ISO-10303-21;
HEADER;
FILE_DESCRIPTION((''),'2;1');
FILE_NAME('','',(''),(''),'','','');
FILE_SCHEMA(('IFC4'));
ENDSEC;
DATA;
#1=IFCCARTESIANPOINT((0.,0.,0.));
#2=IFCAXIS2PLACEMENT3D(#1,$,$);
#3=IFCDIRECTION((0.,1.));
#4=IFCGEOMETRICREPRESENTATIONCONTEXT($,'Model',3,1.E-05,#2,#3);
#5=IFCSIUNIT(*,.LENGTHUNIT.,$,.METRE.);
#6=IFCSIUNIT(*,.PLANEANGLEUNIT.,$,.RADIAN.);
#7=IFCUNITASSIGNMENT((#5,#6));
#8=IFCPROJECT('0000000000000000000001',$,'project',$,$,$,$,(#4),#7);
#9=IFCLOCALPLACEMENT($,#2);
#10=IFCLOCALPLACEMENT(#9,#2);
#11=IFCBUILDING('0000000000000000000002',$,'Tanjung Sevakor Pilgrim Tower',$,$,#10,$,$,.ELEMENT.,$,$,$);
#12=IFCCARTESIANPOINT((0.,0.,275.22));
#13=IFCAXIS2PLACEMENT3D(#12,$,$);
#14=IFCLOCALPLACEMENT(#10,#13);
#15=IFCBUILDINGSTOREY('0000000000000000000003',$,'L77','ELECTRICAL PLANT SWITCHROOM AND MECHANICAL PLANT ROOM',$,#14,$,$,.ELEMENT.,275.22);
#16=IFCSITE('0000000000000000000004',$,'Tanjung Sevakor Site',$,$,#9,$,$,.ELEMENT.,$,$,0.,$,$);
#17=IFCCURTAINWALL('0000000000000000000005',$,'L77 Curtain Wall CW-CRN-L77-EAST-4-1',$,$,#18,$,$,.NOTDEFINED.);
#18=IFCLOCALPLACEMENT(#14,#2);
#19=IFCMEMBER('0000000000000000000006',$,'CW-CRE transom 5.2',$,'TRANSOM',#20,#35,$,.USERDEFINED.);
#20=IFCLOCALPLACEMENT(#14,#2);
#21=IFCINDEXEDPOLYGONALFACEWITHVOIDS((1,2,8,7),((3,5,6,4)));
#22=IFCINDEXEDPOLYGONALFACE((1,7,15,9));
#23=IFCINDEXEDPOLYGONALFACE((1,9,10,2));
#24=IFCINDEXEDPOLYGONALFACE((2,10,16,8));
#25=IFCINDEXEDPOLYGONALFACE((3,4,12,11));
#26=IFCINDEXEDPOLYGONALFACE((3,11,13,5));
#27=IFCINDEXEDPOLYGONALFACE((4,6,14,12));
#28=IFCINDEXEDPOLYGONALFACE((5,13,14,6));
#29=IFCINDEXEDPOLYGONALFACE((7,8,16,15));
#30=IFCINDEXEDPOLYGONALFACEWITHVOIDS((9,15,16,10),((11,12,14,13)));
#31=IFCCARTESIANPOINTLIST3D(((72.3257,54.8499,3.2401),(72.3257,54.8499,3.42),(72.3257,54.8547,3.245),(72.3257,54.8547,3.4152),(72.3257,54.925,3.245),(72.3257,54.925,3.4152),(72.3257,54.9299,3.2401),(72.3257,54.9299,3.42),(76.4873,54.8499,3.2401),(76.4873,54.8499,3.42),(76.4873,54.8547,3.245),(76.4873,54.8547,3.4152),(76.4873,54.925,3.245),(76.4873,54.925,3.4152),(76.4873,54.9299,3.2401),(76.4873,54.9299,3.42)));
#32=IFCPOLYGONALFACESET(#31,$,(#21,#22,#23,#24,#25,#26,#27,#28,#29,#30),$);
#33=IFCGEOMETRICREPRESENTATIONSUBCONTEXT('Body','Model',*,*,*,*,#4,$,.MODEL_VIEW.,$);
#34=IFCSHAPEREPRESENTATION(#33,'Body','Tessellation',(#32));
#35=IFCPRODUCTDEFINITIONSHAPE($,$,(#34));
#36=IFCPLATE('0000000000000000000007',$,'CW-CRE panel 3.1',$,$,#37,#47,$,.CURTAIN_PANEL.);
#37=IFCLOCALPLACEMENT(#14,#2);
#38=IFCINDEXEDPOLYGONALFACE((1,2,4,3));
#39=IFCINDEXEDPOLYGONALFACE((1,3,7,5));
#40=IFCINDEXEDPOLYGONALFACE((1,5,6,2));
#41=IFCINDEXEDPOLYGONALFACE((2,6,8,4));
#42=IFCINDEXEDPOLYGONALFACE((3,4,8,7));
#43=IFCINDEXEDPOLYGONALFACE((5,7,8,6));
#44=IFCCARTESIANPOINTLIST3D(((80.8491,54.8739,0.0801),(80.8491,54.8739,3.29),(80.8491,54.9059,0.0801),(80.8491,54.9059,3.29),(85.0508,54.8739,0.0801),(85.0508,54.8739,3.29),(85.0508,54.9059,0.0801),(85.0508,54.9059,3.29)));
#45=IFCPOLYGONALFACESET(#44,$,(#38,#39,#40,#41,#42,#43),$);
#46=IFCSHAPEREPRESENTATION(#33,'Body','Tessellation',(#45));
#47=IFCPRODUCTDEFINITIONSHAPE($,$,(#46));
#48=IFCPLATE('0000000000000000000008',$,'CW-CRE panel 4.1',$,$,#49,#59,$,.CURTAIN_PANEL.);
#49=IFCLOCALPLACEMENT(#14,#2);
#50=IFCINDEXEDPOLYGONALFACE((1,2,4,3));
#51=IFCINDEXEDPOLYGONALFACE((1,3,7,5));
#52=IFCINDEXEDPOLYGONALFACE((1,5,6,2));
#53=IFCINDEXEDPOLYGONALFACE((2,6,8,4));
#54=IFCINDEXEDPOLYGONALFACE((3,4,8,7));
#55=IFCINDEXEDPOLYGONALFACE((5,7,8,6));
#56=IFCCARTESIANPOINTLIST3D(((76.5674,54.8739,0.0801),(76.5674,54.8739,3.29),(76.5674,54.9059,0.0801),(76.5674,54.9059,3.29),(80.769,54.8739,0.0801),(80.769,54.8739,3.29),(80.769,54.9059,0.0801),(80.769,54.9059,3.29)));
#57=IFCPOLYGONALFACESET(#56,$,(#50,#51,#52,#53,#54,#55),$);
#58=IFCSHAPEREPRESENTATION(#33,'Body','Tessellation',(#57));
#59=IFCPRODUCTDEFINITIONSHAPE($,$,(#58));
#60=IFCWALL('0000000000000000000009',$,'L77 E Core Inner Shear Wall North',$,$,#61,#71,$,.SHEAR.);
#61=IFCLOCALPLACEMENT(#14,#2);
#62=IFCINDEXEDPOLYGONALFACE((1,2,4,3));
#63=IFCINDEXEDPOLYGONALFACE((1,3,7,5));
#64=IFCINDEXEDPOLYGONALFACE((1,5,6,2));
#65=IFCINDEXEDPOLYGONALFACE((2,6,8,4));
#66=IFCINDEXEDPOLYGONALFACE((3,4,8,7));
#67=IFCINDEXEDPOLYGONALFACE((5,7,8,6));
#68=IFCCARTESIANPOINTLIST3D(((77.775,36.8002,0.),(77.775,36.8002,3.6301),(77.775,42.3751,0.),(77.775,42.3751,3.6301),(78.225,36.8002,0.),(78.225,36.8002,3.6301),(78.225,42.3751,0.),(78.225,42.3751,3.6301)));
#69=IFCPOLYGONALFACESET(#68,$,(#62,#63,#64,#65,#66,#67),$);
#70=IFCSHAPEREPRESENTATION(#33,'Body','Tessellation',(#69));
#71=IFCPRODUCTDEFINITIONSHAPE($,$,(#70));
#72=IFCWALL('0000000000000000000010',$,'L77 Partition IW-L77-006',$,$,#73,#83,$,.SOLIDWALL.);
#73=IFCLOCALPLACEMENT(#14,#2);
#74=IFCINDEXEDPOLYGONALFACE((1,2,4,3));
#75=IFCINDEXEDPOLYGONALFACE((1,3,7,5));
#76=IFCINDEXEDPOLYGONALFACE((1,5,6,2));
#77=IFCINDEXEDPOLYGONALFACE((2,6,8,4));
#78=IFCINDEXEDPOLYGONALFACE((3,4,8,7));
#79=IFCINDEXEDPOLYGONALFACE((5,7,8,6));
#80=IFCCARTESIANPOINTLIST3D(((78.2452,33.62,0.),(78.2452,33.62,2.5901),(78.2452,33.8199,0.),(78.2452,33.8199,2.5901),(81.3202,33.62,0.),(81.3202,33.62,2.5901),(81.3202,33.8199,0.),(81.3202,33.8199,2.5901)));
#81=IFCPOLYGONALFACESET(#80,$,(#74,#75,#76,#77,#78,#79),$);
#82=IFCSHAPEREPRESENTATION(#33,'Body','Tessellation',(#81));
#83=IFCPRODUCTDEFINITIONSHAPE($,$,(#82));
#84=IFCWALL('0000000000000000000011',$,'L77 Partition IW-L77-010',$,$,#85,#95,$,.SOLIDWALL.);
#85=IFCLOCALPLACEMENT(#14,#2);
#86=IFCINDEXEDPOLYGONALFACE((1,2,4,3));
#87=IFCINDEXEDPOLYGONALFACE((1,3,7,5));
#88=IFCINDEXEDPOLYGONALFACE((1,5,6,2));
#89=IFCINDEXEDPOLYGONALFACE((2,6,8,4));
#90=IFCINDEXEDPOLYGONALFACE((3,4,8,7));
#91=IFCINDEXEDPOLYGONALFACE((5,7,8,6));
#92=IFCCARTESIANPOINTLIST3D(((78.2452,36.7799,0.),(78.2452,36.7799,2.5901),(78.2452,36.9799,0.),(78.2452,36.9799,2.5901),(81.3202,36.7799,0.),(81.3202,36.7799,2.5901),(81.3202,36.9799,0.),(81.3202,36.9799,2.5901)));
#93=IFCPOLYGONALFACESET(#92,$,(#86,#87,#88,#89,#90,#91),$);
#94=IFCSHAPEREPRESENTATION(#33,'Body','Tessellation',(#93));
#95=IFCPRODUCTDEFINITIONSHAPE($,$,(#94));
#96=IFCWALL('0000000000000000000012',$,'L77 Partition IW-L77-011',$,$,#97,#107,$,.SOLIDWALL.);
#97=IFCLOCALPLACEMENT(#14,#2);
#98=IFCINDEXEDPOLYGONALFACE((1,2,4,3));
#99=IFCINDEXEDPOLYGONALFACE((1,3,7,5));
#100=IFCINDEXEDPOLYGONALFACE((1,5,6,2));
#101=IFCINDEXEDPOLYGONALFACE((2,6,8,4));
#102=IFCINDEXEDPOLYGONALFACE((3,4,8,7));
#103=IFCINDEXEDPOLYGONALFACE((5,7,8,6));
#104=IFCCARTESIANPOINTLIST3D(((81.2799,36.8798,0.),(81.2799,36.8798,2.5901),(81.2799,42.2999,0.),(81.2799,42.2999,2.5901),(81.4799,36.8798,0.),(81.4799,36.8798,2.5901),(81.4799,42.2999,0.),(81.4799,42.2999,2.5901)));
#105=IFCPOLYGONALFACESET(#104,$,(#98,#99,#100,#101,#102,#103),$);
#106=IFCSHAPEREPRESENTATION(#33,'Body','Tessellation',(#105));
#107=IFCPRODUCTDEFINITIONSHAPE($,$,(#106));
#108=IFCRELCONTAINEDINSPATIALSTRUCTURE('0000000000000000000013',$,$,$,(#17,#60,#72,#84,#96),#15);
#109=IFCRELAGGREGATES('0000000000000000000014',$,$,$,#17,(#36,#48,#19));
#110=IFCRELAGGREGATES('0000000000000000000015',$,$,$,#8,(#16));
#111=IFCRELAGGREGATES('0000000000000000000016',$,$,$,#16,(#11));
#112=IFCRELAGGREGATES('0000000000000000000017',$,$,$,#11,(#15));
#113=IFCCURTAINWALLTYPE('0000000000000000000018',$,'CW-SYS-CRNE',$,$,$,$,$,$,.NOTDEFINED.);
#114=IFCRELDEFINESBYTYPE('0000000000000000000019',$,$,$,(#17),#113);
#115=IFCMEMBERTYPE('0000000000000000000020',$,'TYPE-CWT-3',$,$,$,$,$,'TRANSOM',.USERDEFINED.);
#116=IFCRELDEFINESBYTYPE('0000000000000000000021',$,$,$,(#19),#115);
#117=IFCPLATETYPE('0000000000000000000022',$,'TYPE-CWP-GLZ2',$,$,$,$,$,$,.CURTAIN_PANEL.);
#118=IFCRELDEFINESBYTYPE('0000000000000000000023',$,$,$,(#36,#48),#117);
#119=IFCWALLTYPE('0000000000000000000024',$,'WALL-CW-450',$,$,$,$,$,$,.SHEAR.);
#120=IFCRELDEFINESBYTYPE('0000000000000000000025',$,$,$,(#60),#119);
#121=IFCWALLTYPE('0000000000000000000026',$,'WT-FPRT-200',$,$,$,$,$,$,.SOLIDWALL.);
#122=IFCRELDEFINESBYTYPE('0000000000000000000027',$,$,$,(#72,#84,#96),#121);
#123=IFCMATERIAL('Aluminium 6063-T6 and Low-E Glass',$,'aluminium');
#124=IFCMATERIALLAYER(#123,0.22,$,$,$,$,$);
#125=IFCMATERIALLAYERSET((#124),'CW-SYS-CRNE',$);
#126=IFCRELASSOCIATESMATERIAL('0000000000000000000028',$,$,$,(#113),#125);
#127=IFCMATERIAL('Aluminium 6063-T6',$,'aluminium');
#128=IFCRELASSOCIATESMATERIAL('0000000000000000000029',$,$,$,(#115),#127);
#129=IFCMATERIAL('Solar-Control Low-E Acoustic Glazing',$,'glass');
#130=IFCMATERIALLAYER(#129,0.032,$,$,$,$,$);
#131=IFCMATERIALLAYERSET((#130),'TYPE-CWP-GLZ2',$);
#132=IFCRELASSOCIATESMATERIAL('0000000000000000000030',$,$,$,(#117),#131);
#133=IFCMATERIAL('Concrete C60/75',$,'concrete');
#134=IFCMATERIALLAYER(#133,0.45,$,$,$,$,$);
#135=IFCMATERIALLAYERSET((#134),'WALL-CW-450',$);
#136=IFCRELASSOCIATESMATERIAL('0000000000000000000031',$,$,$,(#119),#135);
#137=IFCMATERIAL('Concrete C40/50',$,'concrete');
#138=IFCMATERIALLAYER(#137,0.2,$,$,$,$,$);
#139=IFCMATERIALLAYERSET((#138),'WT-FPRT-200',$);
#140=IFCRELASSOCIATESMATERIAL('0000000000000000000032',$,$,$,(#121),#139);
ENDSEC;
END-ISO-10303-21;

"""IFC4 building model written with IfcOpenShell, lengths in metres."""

from ifc_helpers import new_model, si_unit, direction, frame, frame_2d, origin, origin_2d, place, context, subcontext, project, spatial, rectangle, hollow_rectangle, extrude, material, layer, layer_set, material_profile, profile_set, type_object, element, aggregate, save


model = new_model("IFC4")

# Units and contexts
model_context = context("Model", 3, precision=1e-05, world=origin(), true_north=direction((0.0, 1.0)))
body_context = subcontext(model_context, "Body", "Model", "MODEL_VIEW")
ifc_project = project(units=[si_unit("LENGTHUNIT", "METRE"), si_unit("PLANEANGLEUNIT", "RADIAN")], contexts=[model_context])

# Site, building, storey
site_placement = place(None, origin())
site = spatial("IfcSite", under=ifc_project, at=site_placement, Name="Tanjung Sevakor Site", CompositionType="ELEMENT", RefElevation=0.0)
building_placement = place(site_placement, origin())
building = spatial("IfcBuilding", under=site, at=building_placement, Name="Tanjung Sevakor Pilgrim Tower", CompositionType="ELEMENT")
storey_placement = place(building_placement, frame((0.0, 0.0, 275.22)))
storey = spatial("IfcBuildingStorey", under=building, at=storey_placement, Name="L77", Description="ELECTRICAL PLANT SWITCHROOM AND MECHANICAL PLANT ROOM", CompositionType="ELEMENT", Elevation=275.22)

# Curtain wall, member, plates
ifc_material_1 = material(Name="Aluminium 6063-T6 and Low-E Glass", Category="aluminium")
ifc_layer_1 = layer(ifc_material_1, 0.22)
ifc_layer_set_1 = layer_set([ifc_layer_1], Name="CW-SYS-CRNE")
curtain_wall_type = type_object("IfcCurtainWallType", Name="CW-SYS-CRNE", PredefinedType="NOTDEFINED", material=ifc_layer_set_1)
curtain_wall_placement = place(storey_placement, origin())
curtain_wall = element("IfcCurtainWall", 1, at=curtain_wall_placement, inside=storey, type_object=curtain_wall_type, Name="L77 Curtain Wall CW-CRN-L77-EAST-4-1", PredefinedType="NOTDEFINED")
ifc_material_2 = material(Name="Aluminium 6063-T6", Category="aluminium")
ifc_material_profile_1 = material_profile(ifc_material_2, hollow_rectangle(XDim=0.0801, YDim=0.1799, WallThickness=0.0049, at=origin_2d()))
ifc_profile_set_1 = profile_set([ifc_material_profile_1], Name="Aluminium 6063-T6")
member_type_1 = type_object("IfcMemberType", Name="TYPE-CWT-3", ElementType="TRANSOM", PredefinedType="USERDEFINED", material=ifc_profile_set_1)
member_1_placement = place(storey_placement, frame((76.4873, 54.8899, 3.3301), z_axis=(-1.0, 0.0, 0.0), x_axis=(0.0, -1.0, 0.0)))
member_1 = element("IfcMember", 2, at=member_1_placement, type_object=member_type_1, Name="CW-CRE transom 5.2", ObjectType="TRANSOM", PredefinedType="USERDEFINED", context=body_context, shape_type="SweptSolid", body=[
    extrude(hollow_rectangle(XDim=0.0801, YDim=0.1799, WallThickness=0.0049, at=origin_2d()), origin(), (0.0, 0.0, 1.0), 4.1616),
])
ifc_material_3 = material(Name="Solar-Control Low-E Acoustic Glazing", Category="glass")
ifc_layer_2 = layer(ifc_material_3, 0.032)
ifc_layer_set_2 = layer_set([ifc_layer_2], Name="TYPE-CWP-GLZ2")
plate_type = type_object("IfcPlateType", Name="TYPE-CWP-GLZ2", PredefinedType="CURTAIN_PANEL", material=ifc_layer_set_2)
plate_1_placement = place(storey_placement, frame((82.95, 54.8899, 0.0801), z_axis=(0.0, 0.0, 1.0), x_axis=(-1.0, 0.0, 0.0)))
plate_1 = element("IfcPlate", 3, at=plate_1_placement, type_object=plate_type, Name="CW-CRE panel 3.1", PredefinedType="CURTAIN_PANEL", context=body_context, shape_type="SweptSolid", body=[
    extrude(rectangle(XDim=4.2017, YDim=0.032, at=origin_2d()), origin(), (0.0, 0.0, 1.0), 3.21),
])
plate_2_placement = place(storey_placement, frame((78.6682, 54.8899, 0.0801), z_axis=(0.0, 0.0, 1.0), x_axis=(-1.0, 0.0, 0.0)))
plate_2 = element("IfcPlate", 4, at=plate_2_placement, type_object=plate_type, Name="CW-CRE panel 4.1", PredefinedType="CURTAIN_PANEL", context=body_context, shape_type="SweptSolid", body=[
    extrude(rectangle(XDim=4.2017, YDim=0.032, at=origin_2d()), origin(), (0.0, 0.0, 1.0), 3.21),
])
aggregate(curtain_wall, [plate_1, plate_2, member_1])

# Walls
ifc_material_4 = material(Name="Concrete C60/75", Category="concrete")
ifc_layer_3 = layer(ifc_material_4, 0.45)
ifc_layer_set_3 = layer_set([ifc_layer_3], Name="WALL-CW-450")
wall_type_1 = type_object("IfcWallType", Name="WALL-CW-450", PredefinedType="SHEAR", material=ifc_layer_set_3)
wall_1_placement = place(storey_placement, frame((78.0, 36.8, 0.0), z_axis=(0.0, 0.0, 1.0), x_axis=(0.0, 1.0, 0.0)))
element("IfcWall", 5, at=wall_1_placement, inside=storey, type_object=wall_type_1, Name="L77 E Core Inner Shear Wall North", PredefinedType="SHEAR", context=body_context, shape_type="SweptSolid", body=[
    extrude(rectangle(XDim=5.575, YDim=0.45, at=frame_2d((2.7876, 0.0))), origin(), (0.0, 0.0, 1.0), 3.6301),
])
ifc_material_5 = material(Name="Concrete C40/50", Category="concrete")
ifc_layer_4 = layer(ifc_material_5, 0.2)
ifc_layer_set_4 = layer_set([ifc_layer_4], Name="WT-FPRT-200")
wall_type_2 = type_object("IfcWallType", Name="WT-FPRT-200", PredefinedType="SOLIDWALL", material=ifc_layer_set_4)
wall_2_placement = place(storey_placement, frame((78.2451, 33.72, 0.0), z_axis=(0.0, 0.0, 1.0), x_axis=(1.0, 0.0, 0.0)))
element("IfcWall", 6, at=wall_2_placement, inside=storey, type_object=wall_type_2, Name="L77 Partition IW-L77-006", PredefinedType="SOLIDWALL", context=body_context, shape_type="SweptSolid", body=[
    extrude(rectangle(XDim=3.075, YDim=0.2, at=frame_2d((1.5376, 0.0))), origin(), (0.0, 0.0, 1.0), 2.5901),
])

# Walls
wall_3_placement = place(storey_placement, frame((78.2451, 36.8799, 0.0), z_axis=(0.0, 0.0, 1.0), x_axis=(1.0, 0.0, 0.0)))
element("IfcWall", 7, at=wall_3_placement, inside=storey, type_object=wall_type_2, Name="L77 Partition IW-L77-010", PredefinedType="SOLIDWALL", context=body_context, shape_type="SweptSolid", body=[
    extrude(rectangle(XDim=3.075, YDim=0.2, at=frame_2d((1.5376, 0.0))), origin(), (0.0, 0.0, 1.0), 2.5901),
])
wall_4_placement = place(storey_placement, frame((81.3799, 36.8799, 0.0), z_axis=(0.0, 0.0, 1.0), x_axis=(0.0, 1.0, 0.0)))
element("IfcWall", 8, at=wall_4_placement, inside=storey, type_object=wall_type_2, Name="L77 Partition IW-L77-011", PredefinedType="SOLIDWALL", context=body_context, shape_type="SweptSolid", body=[
    extrude(rectangle(XDim=5.4202, YDim=0.2, at=frame_2d((2.71, 0.0))), origin(), (0.0, 0.0, 1.0), 2.5901),
])

save(model, "model.ifc")
